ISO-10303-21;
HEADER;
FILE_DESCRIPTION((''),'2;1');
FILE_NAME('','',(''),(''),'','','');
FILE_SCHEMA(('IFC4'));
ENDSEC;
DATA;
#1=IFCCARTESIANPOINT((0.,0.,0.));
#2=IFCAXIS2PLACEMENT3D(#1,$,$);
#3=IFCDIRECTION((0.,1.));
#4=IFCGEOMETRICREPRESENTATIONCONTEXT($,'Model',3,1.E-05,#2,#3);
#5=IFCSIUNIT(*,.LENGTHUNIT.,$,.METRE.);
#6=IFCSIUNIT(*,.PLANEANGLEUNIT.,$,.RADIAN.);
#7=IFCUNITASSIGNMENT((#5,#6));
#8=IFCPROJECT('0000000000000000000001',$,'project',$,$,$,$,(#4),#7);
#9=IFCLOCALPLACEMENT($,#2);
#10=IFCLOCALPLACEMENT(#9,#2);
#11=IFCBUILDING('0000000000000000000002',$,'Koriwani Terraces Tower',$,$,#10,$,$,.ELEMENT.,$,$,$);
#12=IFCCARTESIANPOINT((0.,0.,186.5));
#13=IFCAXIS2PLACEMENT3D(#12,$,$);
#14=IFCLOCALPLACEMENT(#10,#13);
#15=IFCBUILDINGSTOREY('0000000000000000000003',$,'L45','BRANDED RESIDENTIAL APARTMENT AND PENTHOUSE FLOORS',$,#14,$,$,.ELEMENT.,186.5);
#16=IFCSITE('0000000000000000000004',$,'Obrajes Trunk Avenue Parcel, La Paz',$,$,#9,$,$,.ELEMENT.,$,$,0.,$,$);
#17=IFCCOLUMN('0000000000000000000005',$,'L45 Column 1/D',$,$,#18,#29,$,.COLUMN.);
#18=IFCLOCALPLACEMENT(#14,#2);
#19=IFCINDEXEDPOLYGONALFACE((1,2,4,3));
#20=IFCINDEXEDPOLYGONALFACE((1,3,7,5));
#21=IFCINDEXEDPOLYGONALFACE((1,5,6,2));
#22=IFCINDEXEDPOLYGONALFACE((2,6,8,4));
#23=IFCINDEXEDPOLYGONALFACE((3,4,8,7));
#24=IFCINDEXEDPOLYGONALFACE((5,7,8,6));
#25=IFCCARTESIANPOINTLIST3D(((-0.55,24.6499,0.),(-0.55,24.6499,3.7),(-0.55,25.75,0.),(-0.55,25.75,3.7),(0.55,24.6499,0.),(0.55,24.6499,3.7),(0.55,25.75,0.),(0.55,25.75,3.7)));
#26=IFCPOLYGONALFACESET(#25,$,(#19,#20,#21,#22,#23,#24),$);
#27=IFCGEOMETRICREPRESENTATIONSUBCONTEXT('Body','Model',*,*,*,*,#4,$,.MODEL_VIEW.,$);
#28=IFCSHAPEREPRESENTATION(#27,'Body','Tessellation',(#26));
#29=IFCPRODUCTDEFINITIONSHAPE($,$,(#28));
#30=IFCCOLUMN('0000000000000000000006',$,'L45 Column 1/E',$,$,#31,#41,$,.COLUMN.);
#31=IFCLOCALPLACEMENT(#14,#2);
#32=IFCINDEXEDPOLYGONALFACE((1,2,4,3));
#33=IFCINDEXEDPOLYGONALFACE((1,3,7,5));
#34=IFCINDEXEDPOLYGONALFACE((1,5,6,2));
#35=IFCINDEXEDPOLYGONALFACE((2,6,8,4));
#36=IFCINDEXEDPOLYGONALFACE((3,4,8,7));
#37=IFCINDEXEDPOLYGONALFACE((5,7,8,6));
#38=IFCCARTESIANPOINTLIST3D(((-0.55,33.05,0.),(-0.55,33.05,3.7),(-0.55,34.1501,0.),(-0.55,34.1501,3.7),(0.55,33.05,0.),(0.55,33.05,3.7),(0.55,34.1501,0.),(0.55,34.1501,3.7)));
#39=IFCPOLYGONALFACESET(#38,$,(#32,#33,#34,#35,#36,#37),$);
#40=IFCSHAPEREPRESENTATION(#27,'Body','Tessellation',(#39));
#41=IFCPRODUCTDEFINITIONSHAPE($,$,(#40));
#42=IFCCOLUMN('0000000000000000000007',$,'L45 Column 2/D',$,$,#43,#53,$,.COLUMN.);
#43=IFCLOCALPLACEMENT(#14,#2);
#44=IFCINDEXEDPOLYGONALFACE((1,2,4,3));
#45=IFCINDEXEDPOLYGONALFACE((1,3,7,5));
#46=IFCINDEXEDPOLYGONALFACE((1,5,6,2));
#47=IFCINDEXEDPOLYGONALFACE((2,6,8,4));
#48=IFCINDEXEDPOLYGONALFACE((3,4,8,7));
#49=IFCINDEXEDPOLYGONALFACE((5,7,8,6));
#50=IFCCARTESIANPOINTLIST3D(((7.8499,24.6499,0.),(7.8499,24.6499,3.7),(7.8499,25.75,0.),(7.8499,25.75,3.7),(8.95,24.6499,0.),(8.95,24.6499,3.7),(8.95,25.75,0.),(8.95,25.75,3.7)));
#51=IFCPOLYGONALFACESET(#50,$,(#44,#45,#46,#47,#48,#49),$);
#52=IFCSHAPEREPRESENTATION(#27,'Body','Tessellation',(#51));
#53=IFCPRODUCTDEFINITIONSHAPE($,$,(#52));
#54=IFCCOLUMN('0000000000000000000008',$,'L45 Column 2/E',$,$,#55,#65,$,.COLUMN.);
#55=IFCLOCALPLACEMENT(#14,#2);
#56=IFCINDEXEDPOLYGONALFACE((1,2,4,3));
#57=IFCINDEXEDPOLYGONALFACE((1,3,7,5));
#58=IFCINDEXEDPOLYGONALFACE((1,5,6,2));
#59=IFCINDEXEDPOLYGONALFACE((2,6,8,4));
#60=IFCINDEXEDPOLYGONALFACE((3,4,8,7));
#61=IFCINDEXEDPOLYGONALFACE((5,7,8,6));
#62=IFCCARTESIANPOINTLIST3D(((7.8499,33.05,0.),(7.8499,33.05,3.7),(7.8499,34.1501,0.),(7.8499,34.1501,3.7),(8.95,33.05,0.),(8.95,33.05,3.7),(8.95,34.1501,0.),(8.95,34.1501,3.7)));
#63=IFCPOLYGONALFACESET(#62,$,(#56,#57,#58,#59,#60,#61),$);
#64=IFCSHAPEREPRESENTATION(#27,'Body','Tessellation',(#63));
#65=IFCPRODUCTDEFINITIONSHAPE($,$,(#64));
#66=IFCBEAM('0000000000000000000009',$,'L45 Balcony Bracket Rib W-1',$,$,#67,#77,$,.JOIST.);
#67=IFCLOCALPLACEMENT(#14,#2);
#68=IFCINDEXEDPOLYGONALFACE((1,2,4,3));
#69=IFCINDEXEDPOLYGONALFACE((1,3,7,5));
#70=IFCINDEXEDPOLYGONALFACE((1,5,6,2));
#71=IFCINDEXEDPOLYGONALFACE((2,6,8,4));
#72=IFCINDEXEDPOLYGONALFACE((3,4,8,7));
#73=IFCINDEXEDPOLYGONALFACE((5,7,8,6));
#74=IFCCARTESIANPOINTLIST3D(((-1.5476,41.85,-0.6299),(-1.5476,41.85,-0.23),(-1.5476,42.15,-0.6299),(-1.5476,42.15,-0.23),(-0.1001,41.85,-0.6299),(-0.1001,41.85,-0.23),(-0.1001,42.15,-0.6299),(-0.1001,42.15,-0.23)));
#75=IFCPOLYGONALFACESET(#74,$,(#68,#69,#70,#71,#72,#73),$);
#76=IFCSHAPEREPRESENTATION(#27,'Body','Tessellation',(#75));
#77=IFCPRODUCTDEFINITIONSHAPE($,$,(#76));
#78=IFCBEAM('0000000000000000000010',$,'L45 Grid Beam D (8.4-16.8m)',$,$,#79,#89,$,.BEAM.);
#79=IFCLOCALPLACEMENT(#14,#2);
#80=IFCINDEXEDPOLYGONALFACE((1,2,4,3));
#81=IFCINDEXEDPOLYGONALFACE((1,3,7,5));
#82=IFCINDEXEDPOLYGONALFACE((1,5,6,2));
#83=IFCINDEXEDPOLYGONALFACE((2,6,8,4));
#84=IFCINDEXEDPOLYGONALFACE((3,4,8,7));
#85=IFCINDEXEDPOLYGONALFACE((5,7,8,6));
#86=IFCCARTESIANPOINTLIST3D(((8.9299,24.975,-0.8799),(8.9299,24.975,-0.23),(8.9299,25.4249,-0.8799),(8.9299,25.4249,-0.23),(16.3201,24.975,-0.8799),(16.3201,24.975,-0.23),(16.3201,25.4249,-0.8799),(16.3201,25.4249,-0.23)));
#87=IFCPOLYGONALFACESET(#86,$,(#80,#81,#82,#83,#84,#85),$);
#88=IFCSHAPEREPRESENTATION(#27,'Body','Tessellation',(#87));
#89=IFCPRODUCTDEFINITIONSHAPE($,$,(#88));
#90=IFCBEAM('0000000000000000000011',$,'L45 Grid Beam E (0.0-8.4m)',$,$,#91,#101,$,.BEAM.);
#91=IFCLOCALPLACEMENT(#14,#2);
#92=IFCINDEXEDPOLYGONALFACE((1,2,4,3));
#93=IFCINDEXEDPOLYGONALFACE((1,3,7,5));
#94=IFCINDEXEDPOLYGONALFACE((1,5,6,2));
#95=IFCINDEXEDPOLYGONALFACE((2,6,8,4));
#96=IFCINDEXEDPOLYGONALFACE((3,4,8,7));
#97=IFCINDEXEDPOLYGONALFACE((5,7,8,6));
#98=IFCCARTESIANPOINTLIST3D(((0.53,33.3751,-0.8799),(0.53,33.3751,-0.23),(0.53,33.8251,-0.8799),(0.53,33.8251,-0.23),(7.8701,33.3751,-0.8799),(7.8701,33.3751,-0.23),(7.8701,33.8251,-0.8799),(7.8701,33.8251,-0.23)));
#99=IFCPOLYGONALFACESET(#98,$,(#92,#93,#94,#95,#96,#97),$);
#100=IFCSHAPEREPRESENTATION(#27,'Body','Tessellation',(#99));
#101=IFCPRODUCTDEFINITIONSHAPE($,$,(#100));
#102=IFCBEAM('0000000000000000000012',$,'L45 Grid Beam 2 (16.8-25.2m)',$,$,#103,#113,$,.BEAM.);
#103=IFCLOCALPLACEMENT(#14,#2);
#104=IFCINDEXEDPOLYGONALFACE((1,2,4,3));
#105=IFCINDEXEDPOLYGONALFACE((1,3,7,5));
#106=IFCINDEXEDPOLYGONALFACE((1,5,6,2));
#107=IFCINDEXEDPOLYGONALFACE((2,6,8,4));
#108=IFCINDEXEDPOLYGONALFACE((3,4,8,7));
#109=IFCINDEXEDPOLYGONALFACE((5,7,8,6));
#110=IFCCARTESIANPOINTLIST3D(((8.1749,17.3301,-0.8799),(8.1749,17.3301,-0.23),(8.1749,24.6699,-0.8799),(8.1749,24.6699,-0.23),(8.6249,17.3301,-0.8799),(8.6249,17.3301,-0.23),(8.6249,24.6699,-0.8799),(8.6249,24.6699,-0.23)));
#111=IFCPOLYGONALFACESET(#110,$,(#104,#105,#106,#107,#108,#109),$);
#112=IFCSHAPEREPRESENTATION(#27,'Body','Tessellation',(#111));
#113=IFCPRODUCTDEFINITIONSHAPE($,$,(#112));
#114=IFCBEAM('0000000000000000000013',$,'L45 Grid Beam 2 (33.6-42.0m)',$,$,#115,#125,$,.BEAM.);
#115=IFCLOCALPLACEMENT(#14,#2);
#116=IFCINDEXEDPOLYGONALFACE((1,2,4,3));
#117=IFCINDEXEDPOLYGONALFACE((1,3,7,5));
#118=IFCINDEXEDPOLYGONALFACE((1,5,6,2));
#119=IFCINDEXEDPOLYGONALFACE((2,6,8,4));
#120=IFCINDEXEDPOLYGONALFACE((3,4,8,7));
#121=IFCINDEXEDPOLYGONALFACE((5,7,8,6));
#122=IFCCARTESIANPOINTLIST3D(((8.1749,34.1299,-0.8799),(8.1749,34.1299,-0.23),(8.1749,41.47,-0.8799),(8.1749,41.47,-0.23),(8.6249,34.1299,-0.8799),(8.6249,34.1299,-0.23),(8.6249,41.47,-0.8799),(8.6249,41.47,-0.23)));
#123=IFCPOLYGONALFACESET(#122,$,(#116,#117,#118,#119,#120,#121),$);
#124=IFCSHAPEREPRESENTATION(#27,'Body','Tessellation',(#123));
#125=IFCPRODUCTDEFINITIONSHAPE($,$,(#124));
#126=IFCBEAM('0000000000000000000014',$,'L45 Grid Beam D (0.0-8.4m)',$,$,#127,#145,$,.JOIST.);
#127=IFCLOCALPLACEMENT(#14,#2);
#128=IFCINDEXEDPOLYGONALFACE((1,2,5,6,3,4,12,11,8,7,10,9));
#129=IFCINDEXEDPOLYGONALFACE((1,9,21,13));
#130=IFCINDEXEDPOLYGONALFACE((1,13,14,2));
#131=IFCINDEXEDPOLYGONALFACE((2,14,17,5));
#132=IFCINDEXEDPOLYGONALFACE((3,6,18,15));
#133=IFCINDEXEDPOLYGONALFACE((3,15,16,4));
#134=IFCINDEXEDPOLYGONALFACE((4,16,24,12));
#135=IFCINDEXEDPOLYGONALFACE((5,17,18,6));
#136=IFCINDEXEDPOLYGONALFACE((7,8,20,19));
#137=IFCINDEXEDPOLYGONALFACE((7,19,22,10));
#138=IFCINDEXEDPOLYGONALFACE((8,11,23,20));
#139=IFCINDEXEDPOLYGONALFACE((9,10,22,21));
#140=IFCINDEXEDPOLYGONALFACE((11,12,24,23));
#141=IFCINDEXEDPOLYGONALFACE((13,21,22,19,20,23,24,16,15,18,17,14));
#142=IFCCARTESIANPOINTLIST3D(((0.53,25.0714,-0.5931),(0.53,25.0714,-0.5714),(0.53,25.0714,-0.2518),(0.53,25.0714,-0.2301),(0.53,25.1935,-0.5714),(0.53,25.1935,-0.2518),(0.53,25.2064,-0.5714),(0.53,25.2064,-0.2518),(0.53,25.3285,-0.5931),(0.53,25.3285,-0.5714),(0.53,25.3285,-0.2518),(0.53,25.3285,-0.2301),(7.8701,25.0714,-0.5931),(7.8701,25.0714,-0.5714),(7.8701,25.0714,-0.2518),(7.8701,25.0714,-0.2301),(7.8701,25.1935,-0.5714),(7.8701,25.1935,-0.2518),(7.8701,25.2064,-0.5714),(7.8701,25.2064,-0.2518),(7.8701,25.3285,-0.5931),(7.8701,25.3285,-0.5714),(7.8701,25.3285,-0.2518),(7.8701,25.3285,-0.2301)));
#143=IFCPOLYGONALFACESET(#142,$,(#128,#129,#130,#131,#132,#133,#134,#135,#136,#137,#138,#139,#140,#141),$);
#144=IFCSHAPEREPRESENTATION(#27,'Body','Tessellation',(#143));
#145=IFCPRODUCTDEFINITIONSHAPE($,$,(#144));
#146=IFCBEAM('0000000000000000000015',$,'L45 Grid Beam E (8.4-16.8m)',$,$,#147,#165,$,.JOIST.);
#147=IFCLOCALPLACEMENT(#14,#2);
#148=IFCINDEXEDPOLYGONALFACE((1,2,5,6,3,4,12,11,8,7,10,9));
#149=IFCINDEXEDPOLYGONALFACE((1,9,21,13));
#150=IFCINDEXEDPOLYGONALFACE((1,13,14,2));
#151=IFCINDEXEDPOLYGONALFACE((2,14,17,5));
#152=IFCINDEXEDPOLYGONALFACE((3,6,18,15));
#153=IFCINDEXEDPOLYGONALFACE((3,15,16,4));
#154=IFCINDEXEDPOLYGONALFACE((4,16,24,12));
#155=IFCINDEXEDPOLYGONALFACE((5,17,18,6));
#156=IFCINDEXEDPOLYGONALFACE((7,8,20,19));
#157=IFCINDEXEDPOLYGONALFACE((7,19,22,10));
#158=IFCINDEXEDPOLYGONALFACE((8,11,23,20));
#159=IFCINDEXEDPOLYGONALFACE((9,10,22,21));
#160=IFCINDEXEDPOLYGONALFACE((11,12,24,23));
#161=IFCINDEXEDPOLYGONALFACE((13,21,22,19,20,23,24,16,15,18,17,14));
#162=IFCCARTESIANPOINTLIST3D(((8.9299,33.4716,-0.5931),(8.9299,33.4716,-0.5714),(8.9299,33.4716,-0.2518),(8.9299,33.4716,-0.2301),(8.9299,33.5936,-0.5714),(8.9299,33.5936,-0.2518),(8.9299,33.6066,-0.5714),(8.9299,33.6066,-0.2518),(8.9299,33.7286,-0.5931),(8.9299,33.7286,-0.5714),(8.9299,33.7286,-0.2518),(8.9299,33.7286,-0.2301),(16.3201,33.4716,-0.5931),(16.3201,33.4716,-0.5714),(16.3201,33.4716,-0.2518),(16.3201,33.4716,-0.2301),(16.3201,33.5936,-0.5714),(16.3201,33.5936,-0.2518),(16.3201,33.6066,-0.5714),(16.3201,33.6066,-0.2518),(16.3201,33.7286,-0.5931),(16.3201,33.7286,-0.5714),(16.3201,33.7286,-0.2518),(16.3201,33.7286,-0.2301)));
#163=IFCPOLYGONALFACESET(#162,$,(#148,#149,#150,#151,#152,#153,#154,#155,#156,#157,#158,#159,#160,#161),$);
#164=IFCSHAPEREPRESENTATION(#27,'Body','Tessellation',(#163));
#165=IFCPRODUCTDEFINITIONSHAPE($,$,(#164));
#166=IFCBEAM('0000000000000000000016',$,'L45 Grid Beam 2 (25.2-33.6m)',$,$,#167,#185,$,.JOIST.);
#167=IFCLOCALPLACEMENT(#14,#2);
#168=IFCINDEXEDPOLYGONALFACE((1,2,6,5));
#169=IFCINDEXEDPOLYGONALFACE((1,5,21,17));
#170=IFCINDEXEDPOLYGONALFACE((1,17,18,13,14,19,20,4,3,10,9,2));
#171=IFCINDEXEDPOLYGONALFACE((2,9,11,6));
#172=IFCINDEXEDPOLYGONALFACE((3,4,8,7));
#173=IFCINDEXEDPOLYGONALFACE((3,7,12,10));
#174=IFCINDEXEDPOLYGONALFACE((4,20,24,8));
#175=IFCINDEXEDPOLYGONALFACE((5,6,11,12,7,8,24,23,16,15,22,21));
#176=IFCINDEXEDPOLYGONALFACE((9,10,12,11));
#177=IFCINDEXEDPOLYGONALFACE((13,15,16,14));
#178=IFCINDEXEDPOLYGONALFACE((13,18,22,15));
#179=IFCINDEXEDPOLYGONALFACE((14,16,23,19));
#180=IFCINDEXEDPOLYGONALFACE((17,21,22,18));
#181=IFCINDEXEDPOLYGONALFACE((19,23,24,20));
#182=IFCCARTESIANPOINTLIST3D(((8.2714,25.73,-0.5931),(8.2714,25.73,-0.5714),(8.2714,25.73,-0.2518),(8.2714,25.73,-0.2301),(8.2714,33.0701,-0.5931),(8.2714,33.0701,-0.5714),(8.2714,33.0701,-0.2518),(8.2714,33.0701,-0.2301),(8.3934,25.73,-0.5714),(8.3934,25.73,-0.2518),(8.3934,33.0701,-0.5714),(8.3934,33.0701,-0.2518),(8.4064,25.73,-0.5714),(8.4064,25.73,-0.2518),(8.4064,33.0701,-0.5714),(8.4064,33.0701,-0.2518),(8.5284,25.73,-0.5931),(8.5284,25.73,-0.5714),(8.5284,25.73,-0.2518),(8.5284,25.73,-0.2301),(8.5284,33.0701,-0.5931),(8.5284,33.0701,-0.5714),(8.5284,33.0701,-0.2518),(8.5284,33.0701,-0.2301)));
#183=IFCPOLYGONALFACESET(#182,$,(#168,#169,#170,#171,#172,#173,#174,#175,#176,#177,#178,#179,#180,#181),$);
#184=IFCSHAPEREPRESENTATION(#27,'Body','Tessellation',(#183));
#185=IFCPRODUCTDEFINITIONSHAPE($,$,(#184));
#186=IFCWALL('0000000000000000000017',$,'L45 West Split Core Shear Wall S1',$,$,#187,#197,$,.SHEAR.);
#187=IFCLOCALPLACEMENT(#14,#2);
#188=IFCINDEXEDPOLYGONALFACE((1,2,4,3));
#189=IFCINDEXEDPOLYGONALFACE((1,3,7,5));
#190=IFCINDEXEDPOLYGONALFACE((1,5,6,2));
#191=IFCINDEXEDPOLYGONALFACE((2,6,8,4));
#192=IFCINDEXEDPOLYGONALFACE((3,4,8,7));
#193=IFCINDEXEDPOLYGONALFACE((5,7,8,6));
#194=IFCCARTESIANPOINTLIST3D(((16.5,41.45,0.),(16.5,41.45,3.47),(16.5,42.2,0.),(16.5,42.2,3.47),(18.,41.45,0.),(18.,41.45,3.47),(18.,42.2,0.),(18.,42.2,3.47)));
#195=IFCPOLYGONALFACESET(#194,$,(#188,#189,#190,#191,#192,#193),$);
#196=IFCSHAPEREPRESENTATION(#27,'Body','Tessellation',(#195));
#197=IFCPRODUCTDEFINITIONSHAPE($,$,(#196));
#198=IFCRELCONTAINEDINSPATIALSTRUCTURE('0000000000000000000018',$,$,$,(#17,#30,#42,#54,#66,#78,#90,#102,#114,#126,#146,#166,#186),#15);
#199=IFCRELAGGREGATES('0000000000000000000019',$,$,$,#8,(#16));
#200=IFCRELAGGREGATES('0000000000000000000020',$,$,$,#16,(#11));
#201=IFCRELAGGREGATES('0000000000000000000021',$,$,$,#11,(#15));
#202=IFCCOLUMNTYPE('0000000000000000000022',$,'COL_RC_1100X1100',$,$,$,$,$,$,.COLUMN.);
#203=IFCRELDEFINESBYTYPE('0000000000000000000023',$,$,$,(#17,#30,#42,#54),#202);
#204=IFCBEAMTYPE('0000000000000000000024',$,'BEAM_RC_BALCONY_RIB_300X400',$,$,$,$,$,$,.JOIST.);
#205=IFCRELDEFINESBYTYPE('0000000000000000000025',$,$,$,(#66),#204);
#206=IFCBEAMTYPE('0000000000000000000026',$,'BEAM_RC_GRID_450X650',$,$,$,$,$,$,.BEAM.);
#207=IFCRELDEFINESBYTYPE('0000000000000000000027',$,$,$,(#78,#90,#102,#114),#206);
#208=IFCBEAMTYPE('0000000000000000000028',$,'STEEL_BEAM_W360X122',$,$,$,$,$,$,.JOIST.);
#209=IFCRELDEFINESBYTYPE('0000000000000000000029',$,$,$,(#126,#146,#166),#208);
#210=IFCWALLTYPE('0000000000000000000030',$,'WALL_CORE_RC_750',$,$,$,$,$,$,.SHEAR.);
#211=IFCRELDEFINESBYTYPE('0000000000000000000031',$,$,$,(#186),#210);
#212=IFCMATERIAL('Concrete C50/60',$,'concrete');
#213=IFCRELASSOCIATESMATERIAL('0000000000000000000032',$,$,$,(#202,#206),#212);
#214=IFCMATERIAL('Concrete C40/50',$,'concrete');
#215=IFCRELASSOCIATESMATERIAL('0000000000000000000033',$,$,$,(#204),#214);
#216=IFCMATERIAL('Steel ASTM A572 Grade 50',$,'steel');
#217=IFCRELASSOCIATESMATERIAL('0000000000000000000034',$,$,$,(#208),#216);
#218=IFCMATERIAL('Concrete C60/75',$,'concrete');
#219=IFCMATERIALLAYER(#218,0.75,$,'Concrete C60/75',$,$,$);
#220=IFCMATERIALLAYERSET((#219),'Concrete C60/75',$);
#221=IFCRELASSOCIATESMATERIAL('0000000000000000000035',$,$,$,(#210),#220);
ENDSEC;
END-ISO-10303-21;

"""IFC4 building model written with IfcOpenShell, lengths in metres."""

from ifc_helpers import new_model, si_unit, direction, frame, frame_2d, origin, origin_2d, place, context, subcontext, project, spatial, rectangle, i_section, extrude, material, layer, layer_set, material_profile, profile_set, type_object, element, save


model = new_model("IFC4")

# Units and contexts
model_context = context("Model", 3, precision=1e-05, world=origin(), true_north=direction((0.0, 1.0)))
body_context = subcontext(model_context, "Body", "Model", "MODEL_VIEW")
ifc_project = project(units=[si_unit("LENGTHUNIT", "METRE"), si_unit("PLANEANGLEUNIT", "RADIAN")], contexts=[model_context])

# Site, building, storey
site_placement = place(None, origin())
site = spatial("IfcSite", under=ifc_project, at=site_placement, Name="Obrajes Trunk Avenue Parcel, La Paz", CompositionType="ELEMENT", RefElevation=0.0)
building_placement = place(site_placement, origin())
building = spatial("IfcBuilding", under=site, at=building_placement, Name="Koriwani Terraces Tower", CompositionType="ELEMENT")
storey_placement = place(building_placement, frame((0.0, 0.0, 186.5)))
storey = spatial("IfcBuildingStorey", under=building, at=storey_placement, Name="L45", Description="BRANDED RESIDENTIAL APARTMENT AND PENTHOUSE FLOORS", CompositionType="ELEMENT", Elevation=186.5)

# Columns
ifc_material_1 = material(Name="Concrete C50/60", Category="concrete")
ifc_material_profile_1 = material_profile(ifc_material_1, rectangle(XDim=1.1001, YDim=1.1001, at=origin_2d()), Name="Concrete C50/60", Category="LoadBearing")
ifc_profile_set_1 = profile_set([ifc_material_profile_1], Name="Concrete C50/60")
column_type = type_object("IfcColumnType", Name="COL_RC_1100X1100", PredefinedType="COLUMN", material=ifc_profile_set_1)
for number, where, z_axis, x_axis, name in (
    (1, (0.0, 25.2, 0.0), (0.0, 0.0, 1.0), (1.0, 0.0, 0.0), "L45 Column 1/D"),
    (2, (0.0, 33.6001, 0.0), (0.0, 0.0, 1.0), (1.0, 0.0, 0.0), "L45 Column 1/E"),
    (3, (8.3999, 25.2, 0.0), (0.0, 0.0, 1.0), (1.0, 0.0, 0.0), "L45 Column 2/D"),
    (4, (8.3999, 33.6001, 0.0), (0.0, 0.0, 1.0), (1.0, 0.0, 0.0), "L45 Column 2/E"),
):
    element("IfcColumn", number, at=place(storey_placement, frame(where, z_axis=z_axis, x_axis=x_axis)), inside=storey, type_object=column_type, Name=name, PredefinedType="COLUMN", context=body_context, shape_type="SweptSolid", body=[
        extrude(rectangle(XDim=1.1001, YDim=1.1001, at=origin_2d()), origin(), (0.0, 0.0, 1.0), 3.7),
    ])

# Beams
ifc_material_2 = material(Name="Concrete C40/50", Category="concrete")
ifc_material_profile_2 = material_profile(ifc_material_2, rectangle(XDim=0.3, YDim=0.3999, at=origin_2d()), Name="Concrete C40/50", Category="LoadBearing")
ifc_profile_set_2 = profile_set([ifc_material_profile_2], Name="Concrete C40/50")
beam_type_1 = type_object("IfcBeamType", Name="BEAM_RC_BALCONY_RIB_300X400", PredefinedType="JOIST", material=ifc_profile_set_2)
beam_1_placement = place(storey_placement, frame((-1.5476, 42.0, -0.4299), z_axis=(1.0, 0.0, 0.0), x_axis=(0.0, 1.0, 0.0)))
element("IfcBeam", 5, at=beam_1_placement, inside=storey, type_object=beam_type_1, Name="L45 Balcony Bracket Rib W-1", PredefinedType="JOIST", context=body_context, shape_type="SweptSolid", body=[
    extrude(rectangle(XDim=0.3, YDim=0.3999, at=origin_2d()), origin(), (0.0, 0.0, 1.0), 1.4475),
])
ifc_material_profile_3 = material_profile(ifc_material_1, rectangle(XDim=0.45, YDim=0.6499, at=origin_2d()), Name="Concrete C50/60", Category="LoadBearing")
ifc_profile_set_3 = profile_set([ifc_material_profile_3], Name="Concrete C50/60")
beam_type_2 = type_object("IfcBeamType", Name="BEAM_RC_GRID_450X650", PredefinedType="BEAM", material=ifc_profile_set_3)
beam_2_placement = place(storey_placement, frame((8.9299, 25.2, -0.5549), z_axis=(1.0, 0.0, 0.0), x_axis=(0.0, 1.0, 0.0)))
element("IfcBeam", 6, at=beam_2_placement, inside=storey, type_object=beam_type_2, Name="L45 Grid Beam D (8.4-16.8m)", PredefinedType="BEAM", context=body_context, shape_type="SweptSolid", body=[
    extrude(rectangle(XDim=0.45, YDim=0.6499, at=origin_2d()), origin(), (0.0, 0.0, 1.0), 7.3901),
])
beam_3_placement = place(storey_placement, frame((0.53, 33.6001, -0.5549), z_axis=(1.0, 0.0, 0.0), x_axis=(0.0, 1.0, 0.0)))
element("IfcBeam", 7, at=beam_3_placement, inside=storey, type_object=beam_type_2, Name="L45 Grid Beam E (0.0-8.4m)", PredefinedType="BEAM", context=body_context, shape_type="SweptSolid", body=[
    extrude(rectangle(XDim=0.45, YDim=0.6499, at=origin_2d()), origin(), (0.0, 0.0, 1.0), 7.3401),
])
beam_4_placement = place(storey_placement, frame((8.3999, 17.3301, -0.5549), z_axis=(0.0, 1.0, 0.0), x_axis=(-1.0, 0.0, 0.0)))
element("IfcBeam", 8, at=beam_4_placement, inside=storey, type_object=beam_type_2, Name="L45 Grid Beam 2 (16.8-25.2m)", PredefinedType="BEAM", context=body_context, shape_type="SweptSolid", body=[
    extrude(rectangle(XDim=0.45, YDim=0.6499, at=origin_2d()), origin(), (0.0, 0.0, 1.0), 7.3398),
])
beam_5_placement = place(storey_placement, frame((8.3999, 34.1299, -0.5549), z_axis=(0.0, 1.0, 0.0), x_axis=(-1.0, 0.0, 0.0)))
element("IfcBeam", 9, at=beam_5_placement, inside=storey, type_object=beam_type_2, Name="L45 Grid Beam 2 (33.6-42.0m)", PredefinedType="BEAM", context=body_context, shape_type="SweptSolid", body=[
    extrude(rectangle(XDim=0.45, YDim=0.6499, at=origin_2d()), origin(), (0.0, 0.0, 1.0), 7.3401),
])
ifc_material_3 = material(Name="Steel ASTM A572 Grade 50", Category="steel")
ifc_material_profile_4 = material_profile(ifc_material_3, i_section(OverallWidth=0.2571, OverallDepth=0.363, WebThickness=0.0129, FlangeThickness=0.0217, at=origin_2d()), Name="Steel ASTM A572 Grade 50", Category="LoadBearing")
ifc_profile_set_4 = profile_set([ifc_material_profile_4], Name="Steel ASTM A572 Grade 50")
beam_type_3 = type_object("IfcBeamType", Name="STEEL_BEAM_W360X122", PredefinedType="JOIST", material=ifc_profile_set_4)
beam_6_placement = place(storey_placement, frame((0.53, 25.2, -0.4116), z_axis=(1.0, 0.0, 0.0), x_axis=(0.0, 1.0, 0.0)))
element("IfcBeam", 10, at=beam_6_placement, inside=storey, type_object=beam_type_3, Name="L45 Grid Beam D (0.0-8.4m)", PredefinedType="JOIST", context=body_context, shape_type="SweptSolid", body=[
    extrude(i_section(OverallWidth=0.2571, OverallDepth=0.363, WebThickness=0.0129, FlangeThickness=0.0217, at=origin_2d()), origin(), (0.0, 0.0, 1.0), 7.3401),
])
beam_7_placement = place(storey_placement, frame((8.9299, 33.6001, -0.4116), z_axis=(1.0, 0.0, 0.0), x_axis=(0.0, 1.0, 0.0)))
element("IfcBeam", 11, at=beam_7_placement, inside=storey, type_object=beam_type_3, Name="L45 Grid Beam E (8.4-16.8m)", PredefinedType="JOIST", context=body_context, shape_type="SweptSolid", body=[
    extrude(i_section(OverallWidth=0.2571, OverallDepth=0.363, WebThickness=0.0129, FlangeThickness=0.0217, at=origin_2d()), origin(), (0.0, 0.0, 1.0), 7.3901),
])
beam_8_placement = place(storey_placement, frame((8.3999, 25.73, -0.4116), z_axis=(0.0, 1.0, 0.0), x_axis=(-1.0, 0.0, 0.0)))
element("IfcBeam", 12, at=beam_8_placement, inside=storey, type_object=beam_type_3, Name="L45 Grid Beam 2 (25.2-33.6m)", PredefinedType="JOIST", context=body_context, shape_type="SweptSolid", body=[
    extrude(i_section(OverallWidth=0.2571, OverallDepth=0.363, WebThickness=0.0129, FlangeThickness=0.0217, at=origin_2d()), origin(), (0.0, 0.0, 1.0), 7.3401),
])

# Wall
ifc_material_4 = material(Name="Concrete C60/75", Category="concrete")
ifc_layer_1 = layer(ifc_material_4, 0.75, Name="Concrete C60/75")
ifc_layer_set_1 = layer_set([ifc_layer_1], Name="Concrete C60/75")
wall_type_1 = type_object("IfcWallType", Name="WALL_CORE_RC_750", PredefinedType="SHEAR", material=ifc_layer_set_1)
wall_1_placement = place(storey_placement, frame((16.5, 41.825, 0.0), z_axis=(0.0, 0.0, 1.0), x_axis=(1.0, 0.0, 0.0)))
element("IfcWall", 13, at=wall_1_placement, inside=storey, type_object=wall_type_1, Name="L45 West Split Core Shear Wall S1", PredefinedType="SHEAR", context=body_context, shape_type="SweptSolid", body=[
    extrude(rectangle(XDim=1.5, YDim=0.75, at=frame_2d((0.75, 0.0))), origin(), (0.0, 0.0, 1.0), 3.47),
])

save(model, "model.ifc")
